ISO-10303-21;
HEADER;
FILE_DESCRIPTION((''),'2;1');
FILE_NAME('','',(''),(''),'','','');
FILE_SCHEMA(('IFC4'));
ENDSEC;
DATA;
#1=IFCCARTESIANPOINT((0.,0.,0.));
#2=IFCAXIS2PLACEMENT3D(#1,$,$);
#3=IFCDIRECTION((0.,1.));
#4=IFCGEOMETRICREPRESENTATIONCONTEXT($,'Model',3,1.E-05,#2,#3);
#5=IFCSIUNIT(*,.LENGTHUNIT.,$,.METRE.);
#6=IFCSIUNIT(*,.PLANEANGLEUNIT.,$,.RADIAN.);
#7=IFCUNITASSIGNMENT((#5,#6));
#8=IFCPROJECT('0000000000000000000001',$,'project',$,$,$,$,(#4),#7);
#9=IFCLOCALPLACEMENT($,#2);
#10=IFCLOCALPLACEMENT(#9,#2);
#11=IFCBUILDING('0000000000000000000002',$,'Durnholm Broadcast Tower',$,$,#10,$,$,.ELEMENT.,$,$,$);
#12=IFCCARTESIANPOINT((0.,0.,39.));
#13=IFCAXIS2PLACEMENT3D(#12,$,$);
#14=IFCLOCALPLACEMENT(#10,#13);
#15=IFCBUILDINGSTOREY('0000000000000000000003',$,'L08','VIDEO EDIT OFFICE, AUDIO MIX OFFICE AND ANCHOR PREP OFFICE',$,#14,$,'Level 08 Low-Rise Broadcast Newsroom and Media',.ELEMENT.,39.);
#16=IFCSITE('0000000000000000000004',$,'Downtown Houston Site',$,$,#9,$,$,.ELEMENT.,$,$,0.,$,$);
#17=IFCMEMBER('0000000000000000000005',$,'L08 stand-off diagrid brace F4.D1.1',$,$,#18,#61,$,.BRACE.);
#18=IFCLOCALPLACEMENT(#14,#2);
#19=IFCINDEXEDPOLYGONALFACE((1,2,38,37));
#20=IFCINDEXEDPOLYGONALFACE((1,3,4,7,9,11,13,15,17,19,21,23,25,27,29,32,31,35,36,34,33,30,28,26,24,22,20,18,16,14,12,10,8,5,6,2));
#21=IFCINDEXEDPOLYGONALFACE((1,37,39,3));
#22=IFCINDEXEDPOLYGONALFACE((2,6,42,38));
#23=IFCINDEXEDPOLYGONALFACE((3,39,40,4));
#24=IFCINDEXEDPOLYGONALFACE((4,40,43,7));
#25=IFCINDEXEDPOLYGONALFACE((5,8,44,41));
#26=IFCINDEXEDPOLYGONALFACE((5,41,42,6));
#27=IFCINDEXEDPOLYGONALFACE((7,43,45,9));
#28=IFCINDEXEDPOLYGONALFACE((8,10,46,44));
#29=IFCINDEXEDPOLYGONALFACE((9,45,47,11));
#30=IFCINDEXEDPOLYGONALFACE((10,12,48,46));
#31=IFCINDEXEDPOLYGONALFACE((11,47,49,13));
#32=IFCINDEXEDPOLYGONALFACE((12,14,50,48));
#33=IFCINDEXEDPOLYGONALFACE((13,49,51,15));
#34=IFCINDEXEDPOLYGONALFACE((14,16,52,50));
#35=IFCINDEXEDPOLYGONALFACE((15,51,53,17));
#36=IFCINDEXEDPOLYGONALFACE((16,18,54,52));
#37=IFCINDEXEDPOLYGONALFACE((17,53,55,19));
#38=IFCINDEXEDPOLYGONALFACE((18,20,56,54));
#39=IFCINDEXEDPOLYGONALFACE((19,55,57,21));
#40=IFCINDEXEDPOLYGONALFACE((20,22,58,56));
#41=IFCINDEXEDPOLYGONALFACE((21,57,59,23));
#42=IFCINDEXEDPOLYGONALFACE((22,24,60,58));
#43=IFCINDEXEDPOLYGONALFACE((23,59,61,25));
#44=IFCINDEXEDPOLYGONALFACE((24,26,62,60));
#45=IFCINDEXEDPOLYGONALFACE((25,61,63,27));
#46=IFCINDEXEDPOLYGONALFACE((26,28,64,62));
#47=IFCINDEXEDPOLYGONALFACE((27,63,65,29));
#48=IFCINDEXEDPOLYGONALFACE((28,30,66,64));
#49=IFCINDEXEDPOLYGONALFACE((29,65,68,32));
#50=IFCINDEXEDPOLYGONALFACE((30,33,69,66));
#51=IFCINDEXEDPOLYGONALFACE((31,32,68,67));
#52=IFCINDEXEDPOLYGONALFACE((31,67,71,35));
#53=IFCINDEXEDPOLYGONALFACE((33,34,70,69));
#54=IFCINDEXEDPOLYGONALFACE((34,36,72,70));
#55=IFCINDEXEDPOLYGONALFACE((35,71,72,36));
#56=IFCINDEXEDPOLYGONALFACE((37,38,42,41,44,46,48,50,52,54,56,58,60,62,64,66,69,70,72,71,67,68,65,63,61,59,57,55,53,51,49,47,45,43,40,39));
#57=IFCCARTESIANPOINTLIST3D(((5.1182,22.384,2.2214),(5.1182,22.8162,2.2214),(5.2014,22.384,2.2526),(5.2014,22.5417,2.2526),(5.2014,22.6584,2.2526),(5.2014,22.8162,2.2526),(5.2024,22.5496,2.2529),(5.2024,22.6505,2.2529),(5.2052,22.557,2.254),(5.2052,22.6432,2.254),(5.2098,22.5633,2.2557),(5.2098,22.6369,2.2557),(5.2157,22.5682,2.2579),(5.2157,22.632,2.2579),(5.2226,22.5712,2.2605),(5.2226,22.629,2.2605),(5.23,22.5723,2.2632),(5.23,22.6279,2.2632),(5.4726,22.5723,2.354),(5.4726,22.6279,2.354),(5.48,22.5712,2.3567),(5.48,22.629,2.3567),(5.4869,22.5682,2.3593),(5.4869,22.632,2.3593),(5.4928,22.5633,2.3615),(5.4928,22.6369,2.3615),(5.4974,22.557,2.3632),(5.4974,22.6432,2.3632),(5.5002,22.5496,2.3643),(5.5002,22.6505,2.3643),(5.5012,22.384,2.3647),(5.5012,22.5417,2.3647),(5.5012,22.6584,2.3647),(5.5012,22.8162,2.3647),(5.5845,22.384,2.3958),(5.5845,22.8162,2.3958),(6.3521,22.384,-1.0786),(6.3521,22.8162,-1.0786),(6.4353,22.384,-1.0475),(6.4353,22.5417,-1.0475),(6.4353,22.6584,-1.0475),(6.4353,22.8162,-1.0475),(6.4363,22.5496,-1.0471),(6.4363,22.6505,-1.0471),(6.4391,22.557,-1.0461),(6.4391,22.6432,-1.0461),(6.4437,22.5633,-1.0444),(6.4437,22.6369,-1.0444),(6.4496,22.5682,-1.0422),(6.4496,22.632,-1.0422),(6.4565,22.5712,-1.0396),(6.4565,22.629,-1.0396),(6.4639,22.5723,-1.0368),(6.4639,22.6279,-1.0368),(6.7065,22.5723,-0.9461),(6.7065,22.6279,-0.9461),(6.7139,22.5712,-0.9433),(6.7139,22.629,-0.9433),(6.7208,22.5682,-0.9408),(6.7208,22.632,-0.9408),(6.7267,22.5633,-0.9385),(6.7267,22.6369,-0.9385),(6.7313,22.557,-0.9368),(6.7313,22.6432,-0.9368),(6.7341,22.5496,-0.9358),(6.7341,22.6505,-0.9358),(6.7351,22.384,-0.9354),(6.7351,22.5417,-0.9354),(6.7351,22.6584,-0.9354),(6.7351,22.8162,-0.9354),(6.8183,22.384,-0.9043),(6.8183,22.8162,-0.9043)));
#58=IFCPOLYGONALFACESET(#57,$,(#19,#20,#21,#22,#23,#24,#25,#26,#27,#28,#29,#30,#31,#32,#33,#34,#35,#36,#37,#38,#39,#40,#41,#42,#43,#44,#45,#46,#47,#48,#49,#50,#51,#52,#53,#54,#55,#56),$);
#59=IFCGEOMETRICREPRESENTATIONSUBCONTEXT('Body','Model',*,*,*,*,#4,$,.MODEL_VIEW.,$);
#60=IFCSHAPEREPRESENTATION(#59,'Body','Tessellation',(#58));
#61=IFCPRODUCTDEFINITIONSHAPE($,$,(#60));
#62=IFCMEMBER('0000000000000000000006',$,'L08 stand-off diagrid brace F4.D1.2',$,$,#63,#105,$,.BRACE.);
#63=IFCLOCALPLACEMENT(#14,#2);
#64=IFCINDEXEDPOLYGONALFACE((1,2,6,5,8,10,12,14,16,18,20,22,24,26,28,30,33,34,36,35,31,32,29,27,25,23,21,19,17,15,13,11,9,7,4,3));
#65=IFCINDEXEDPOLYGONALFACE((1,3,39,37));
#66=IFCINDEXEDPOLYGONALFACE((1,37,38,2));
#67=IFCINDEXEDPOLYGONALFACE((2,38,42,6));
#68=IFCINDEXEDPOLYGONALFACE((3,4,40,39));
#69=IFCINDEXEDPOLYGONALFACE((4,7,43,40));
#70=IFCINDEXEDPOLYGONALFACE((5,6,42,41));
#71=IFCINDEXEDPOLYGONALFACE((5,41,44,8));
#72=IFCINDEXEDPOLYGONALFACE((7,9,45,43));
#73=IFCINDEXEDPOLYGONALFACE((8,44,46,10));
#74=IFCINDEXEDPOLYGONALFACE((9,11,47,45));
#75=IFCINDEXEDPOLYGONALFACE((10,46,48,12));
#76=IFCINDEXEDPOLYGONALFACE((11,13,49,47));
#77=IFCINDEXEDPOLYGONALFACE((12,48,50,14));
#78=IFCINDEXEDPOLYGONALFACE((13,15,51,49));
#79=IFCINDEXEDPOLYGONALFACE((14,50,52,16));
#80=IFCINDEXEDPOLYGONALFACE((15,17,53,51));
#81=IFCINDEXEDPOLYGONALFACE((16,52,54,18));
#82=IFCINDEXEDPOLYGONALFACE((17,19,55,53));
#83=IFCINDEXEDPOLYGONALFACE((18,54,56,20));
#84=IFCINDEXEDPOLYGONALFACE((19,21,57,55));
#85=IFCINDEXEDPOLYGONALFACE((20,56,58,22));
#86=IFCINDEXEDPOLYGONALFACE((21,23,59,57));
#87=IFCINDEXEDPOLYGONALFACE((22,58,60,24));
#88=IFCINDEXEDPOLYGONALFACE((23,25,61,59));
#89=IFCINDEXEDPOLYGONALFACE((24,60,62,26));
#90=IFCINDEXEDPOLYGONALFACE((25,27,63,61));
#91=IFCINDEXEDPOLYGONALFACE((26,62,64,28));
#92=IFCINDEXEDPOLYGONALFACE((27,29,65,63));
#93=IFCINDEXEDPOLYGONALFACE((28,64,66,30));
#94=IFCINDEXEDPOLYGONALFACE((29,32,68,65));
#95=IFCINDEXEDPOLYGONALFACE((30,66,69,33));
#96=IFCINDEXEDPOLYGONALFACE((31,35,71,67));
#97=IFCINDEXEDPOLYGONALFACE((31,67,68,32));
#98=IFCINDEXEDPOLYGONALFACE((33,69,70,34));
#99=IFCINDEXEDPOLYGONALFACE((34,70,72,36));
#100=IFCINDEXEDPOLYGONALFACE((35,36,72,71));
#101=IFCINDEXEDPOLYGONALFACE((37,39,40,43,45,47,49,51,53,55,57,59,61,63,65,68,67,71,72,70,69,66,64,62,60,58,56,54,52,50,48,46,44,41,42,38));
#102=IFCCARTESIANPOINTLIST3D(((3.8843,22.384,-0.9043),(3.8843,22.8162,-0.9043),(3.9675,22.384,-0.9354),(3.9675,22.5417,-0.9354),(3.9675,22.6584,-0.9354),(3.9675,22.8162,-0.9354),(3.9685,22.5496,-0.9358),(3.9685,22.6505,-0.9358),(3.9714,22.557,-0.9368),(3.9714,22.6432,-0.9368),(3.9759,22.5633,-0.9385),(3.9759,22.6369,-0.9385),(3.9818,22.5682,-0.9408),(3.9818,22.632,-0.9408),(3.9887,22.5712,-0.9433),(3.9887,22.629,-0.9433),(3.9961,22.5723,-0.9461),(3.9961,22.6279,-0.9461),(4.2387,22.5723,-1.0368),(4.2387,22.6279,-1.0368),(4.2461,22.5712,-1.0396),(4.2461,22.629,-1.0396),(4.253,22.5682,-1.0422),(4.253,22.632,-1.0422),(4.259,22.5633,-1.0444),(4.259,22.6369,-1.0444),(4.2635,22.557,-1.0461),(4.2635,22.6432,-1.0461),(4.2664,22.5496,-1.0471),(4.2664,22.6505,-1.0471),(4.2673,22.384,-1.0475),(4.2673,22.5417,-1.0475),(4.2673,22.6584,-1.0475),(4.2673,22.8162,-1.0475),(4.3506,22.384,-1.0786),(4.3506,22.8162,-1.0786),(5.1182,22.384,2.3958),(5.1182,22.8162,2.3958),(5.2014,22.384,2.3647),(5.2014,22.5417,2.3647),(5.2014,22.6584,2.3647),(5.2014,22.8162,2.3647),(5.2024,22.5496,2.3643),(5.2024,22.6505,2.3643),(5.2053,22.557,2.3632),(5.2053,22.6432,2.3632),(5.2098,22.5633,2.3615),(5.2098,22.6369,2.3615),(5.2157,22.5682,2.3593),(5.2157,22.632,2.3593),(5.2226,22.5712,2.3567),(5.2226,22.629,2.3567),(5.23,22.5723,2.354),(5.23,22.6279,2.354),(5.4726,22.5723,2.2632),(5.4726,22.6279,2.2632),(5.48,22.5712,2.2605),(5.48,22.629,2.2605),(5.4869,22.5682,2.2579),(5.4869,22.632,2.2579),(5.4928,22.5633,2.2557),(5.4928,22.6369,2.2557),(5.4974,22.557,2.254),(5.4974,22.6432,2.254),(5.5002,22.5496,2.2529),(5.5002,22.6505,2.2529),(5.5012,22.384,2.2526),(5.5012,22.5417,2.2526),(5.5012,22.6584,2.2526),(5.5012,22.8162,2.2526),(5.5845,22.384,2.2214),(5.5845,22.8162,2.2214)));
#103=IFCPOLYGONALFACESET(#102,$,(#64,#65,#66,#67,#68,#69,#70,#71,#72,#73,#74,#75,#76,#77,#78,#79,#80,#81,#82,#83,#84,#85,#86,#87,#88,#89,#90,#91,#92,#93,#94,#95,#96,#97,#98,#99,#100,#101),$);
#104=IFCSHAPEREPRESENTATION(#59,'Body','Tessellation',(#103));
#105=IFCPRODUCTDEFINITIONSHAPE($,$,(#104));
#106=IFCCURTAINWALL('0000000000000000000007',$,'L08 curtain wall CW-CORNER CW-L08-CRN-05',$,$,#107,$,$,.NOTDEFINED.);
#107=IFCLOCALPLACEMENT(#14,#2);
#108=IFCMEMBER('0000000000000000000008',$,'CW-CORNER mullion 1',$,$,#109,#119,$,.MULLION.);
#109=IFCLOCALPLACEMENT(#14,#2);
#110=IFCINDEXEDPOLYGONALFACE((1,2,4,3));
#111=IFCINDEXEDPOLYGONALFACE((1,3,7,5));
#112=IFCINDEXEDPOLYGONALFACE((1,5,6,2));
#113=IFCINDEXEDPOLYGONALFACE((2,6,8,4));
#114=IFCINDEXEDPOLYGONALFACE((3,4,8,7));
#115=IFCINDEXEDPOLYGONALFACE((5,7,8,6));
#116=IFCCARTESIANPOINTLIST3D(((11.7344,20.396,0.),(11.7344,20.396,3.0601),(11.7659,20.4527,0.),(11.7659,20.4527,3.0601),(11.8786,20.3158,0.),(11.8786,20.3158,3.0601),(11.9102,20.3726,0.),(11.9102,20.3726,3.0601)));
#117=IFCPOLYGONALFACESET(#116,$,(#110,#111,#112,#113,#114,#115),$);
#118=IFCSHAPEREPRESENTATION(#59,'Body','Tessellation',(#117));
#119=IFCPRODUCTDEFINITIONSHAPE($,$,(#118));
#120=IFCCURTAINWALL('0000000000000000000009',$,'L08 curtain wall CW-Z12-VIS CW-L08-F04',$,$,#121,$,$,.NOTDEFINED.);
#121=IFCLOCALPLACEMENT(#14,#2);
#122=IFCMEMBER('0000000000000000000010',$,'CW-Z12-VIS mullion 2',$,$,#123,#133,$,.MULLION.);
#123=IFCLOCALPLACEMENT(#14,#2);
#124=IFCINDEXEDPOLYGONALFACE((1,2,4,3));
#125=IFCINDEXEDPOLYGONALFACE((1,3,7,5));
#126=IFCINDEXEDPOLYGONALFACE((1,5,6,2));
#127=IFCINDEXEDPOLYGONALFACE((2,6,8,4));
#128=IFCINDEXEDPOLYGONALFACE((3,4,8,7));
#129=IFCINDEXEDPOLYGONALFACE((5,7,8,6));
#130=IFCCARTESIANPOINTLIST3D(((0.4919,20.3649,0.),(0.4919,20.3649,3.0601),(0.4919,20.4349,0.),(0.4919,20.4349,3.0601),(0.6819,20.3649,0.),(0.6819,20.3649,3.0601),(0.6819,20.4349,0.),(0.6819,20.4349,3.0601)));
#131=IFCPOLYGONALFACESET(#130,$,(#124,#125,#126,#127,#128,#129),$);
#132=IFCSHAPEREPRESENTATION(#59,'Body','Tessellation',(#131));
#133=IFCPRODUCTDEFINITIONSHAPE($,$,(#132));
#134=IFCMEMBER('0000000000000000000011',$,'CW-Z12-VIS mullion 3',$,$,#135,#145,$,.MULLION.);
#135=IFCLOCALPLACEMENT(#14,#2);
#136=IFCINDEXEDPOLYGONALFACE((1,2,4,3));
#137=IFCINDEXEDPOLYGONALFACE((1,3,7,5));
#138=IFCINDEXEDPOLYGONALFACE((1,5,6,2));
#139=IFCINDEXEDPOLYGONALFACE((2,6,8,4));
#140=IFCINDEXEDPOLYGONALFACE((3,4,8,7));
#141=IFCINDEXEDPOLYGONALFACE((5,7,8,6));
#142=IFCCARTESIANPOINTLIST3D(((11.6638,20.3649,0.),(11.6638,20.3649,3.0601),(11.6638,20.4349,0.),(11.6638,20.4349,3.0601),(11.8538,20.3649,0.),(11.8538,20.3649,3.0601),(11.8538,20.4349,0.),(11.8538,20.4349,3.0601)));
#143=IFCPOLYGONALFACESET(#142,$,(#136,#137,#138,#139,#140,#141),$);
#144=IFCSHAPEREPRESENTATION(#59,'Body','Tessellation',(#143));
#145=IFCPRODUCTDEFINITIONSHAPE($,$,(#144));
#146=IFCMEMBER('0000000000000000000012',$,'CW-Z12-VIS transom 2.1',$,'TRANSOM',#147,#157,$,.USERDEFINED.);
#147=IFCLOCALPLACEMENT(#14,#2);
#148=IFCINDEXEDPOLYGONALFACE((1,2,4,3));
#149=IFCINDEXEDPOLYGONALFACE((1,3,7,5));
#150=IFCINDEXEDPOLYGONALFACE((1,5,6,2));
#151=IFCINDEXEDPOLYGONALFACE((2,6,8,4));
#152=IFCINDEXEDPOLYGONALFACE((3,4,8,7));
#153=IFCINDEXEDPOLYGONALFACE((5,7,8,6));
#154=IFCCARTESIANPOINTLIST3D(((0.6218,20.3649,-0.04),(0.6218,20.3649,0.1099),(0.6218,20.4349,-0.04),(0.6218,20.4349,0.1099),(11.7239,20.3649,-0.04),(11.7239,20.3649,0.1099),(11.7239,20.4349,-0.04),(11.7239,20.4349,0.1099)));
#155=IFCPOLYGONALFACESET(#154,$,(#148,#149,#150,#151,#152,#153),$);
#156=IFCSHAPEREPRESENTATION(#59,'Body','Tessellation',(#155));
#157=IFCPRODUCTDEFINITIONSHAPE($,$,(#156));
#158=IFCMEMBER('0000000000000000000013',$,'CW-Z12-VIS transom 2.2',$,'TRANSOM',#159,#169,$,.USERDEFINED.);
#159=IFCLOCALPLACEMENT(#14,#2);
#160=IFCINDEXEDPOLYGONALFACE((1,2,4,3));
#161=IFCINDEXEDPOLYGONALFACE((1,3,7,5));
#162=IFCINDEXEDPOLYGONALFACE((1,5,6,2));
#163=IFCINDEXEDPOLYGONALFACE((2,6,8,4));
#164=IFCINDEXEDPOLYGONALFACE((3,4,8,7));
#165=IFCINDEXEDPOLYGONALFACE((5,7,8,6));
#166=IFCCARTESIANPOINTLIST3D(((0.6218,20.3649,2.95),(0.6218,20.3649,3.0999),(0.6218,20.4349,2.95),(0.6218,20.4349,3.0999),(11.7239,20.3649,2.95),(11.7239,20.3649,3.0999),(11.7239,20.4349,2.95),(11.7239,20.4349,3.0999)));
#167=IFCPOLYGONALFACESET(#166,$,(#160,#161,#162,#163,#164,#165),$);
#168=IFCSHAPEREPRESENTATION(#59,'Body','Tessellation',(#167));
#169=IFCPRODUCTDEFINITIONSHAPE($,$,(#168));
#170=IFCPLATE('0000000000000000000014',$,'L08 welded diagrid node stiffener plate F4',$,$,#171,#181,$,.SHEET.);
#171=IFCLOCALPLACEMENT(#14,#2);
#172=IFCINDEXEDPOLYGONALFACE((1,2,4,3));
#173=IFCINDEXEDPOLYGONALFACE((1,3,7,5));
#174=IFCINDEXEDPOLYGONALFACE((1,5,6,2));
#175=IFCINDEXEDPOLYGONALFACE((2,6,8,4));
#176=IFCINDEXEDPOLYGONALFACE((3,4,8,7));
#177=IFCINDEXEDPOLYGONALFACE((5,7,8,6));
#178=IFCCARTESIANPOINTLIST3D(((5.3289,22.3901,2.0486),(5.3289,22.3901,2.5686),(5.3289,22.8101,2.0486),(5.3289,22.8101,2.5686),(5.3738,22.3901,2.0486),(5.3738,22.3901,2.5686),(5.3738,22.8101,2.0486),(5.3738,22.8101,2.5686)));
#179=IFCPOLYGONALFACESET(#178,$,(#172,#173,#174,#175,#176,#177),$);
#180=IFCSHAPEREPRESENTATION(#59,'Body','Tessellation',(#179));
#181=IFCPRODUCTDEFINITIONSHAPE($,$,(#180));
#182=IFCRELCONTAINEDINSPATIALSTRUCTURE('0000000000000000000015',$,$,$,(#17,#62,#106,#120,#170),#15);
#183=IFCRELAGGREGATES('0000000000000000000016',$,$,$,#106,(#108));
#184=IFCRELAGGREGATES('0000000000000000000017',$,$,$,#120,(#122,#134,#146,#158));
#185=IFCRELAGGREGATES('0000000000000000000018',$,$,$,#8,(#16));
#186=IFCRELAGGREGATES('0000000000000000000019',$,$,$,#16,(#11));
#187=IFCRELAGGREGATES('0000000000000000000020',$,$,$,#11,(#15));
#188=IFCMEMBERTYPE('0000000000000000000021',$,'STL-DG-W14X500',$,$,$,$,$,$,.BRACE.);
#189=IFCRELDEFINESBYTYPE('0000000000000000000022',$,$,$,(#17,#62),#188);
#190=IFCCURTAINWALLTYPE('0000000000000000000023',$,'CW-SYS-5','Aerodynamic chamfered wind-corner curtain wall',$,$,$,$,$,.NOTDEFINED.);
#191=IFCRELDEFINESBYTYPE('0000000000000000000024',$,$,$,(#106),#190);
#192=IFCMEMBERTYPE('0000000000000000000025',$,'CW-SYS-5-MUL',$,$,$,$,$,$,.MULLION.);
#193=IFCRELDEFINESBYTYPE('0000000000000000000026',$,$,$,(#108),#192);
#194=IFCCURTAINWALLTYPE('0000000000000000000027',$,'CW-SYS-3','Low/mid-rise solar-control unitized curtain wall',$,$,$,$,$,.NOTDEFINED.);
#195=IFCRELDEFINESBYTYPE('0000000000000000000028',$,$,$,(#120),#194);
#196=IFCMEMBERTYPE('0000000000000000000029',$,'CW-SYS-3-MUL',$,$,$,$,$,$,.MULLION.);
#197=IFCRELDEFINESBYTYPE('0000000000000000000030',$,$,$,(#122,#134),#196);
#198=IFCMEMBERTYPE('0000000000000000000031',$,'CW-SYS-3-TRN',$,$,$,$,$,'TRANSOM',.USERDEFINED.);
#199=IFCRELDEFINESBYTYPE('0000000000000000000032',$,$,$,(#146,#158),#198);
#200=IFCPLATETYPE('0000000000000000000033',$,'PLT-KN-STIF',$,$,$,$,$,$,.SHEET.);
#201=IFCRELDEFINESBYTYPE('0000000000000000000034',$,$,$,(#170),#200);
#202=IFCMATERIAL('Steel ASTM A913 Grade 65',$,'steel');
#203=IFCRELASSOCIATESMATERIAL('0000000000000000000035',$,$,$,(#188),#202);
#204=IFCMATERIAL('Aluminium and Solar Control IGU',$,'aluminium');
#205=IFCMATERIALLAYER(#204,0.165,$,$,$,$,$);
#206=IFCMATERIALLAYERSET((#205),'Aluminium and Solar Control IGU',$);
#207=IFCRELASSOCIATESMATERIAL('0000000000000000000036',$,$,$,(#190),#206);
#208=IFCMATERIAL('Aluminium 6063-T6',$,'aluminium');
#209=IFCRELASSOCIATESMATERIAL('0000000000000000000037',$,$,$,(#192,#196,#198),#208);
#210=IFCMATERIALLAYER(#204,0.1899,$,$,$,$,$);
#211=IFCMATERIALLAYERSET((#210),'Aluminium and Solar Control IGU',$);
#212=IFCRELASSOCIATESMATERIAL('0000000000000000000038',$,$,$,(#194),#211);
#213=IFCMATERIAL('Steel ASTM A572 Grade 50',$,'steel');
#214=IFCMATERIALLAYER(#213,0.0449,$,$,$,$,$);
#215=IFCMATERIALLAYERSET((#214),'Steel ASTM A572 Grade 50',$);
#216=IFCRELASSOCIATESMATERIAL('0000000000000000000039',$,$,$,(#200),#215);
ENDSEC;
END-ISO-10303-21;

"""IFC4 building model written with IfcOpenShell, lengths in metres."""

from ifc_helpers import new_model, si_unit, direction, frame, origin, origin_2d, place, context, subcontext, project, spatial, rectangle, i_section, extrude, source, transform, mapped, material, layer, layer_set, material_profile, profile_set, type_object, type_shapes, element, aggregate, save


model = new_model("IFC4")

# Units and contexts
model_context = context("Model", 3, precision=1e-05, world=origin(), true_north=direction((0.0, 1.0)))
body_context = subcontext(model_context, "Body", "Model", "MODEL_VIEW")
ifc_project = project(units=[si_unit("LENGTHUNIT", "METRE"), si_unit("PLANEANGLEUNIT", "RADIAN")], contexts=[model_context])

# Site, building, storey
site_placement = place(None, origin())
site = spatial("IfcSite", under=ifc_project, at=site_placement, Name="Downtown Houston Site", CompositionType="ELEMENT", RefElevation=0.0)
building_placement = place(site_placement, origin())
building = spatial("IfcBuilding", under=site, at=building_placement, Name="Durnholm Broadcast Tower", CompositionType="ELEMENT")
storey_placement = place(building_placement, frame((0.0, 0.0, 39.0)))
storey = spatial("IfcBuildingStorey", under=building, at=storey_placement, Name="L08", Description="VIDEO EDIT OFFICE, AUDIO MIX OFFICE AND ANCHOR PREP OFFICE", LongName="Level 08 Low-Rise Broadcast Newsroom and Media", CompositionType="ELEMENT", Elevation=39.0)

# Members
ifc_material_1 = material(Name="Steel ASTM A913 Grade 65", Category="steel")
ifc_material_profile_1 = material_profile(ifc_material_1, i_section(OverallWidth=0.4321, OverallDepth=0.4978, WebThickness=0.0557, FlangeThickness=0.0889, FilletRadius=0.0305, at=origin_2d()), Name="W14X500")
ifc_profile_set_1 = profile_set([ifc_material_profile_1], Name="Steel ASTM A913 Grade 65")
member_type_1 = type_object("IfcMemberType", Name="STL-DG-W14X500", PredefinedType="BRACE", material=ifc_profile_set_1)
shared_shape_1 = source(origin(), body_context, "Body", "SweptSolid", [
    extrude(i_section(OverallWidth=0.4321, OverallDepth=0.4978, WebThickness=0.0557, FlangeThickness=0.0889, FilletRadius=0.0305, at=origin_2d()), origin(), (0.0, 0.0, 1.0), 3.5232),
])
type_shapes(member_type_1, [shared_shape_1])
for number, where, z_axis, x_axis, name in (
    (1, (6.5852, 22.6001, -0.9915), (-0.35022, 0.0, 0.936668), (0.0, -1.0, 0.0), "L08 stand-off diagrid brace F4.D1.1"),
    (2, (4.1174, 22.6001, -0.9915), (0.35022, 0.0, 0.936668), (0.0, 1.0, 0.0), "L08 stand-off diagrid brace F4.D1.2"),
):
    element("IfcMember", number, at=place(storey_placement, frame(where, z_axis=z_axis, x_axis=x_axis)), inside=storey, type_object=member_type_1, Name=name, PredefinedType="BRACE", context=body_context, shape_type="MappedRepresentation", body=[
        mapped(shared_shape_1, transform((0.0, 0.0, 0.0), x_axis=(1.0, 0.0, 0.0), y_axis=(0.0, 1.0, 0.0), z_axis=(0.0, 0.0, 1.0), scale=1.0)),
    ])

# Curtain wall, member
ifc_material_2 = material(Name="Aluminium and Solar Control IGU", Category="aluminium")
ifc_layer_1 = layer(ifc_material_2, 0.165)
ifc_layer_set_1 = layer_set([ifc_layer_1], Name="Aluminium and Solar Control IGU")
curtain_wall_type_1 = type_object("IfcCurtainWallType", Name="CW-SYS-5", Description="Aerodynamic chamfered wind-corner curtain wall", PredefinedType="NOTDEFINED", material=ifc_layer_set_1)
curtain_wall_1_placement = place(storey_placement, origin())
curtain_wall_1 = element("IfcCurtainWall", 3, at=curtain_wall_1_placement, inside=storey, type_object=curtain_wall_type_1, Name="L08 curtain wall CW-CORNER CW-L08-CRN-05", PredefinedType="NOTDEFINED")
ifc_material_3 = material(Name="Aluminium 6063-T6", Category="aluminium")
ifc_material_profile_2 = material_profile(ifc_material_3, rectangle(XDim=0.0649, YDim=0.165, at=origin_2d()), Name="CWM65X165")
ifc_profile_set_2 = profile_set([ifc_material_profile_2], Name="Aluminium 6063-T6")
member_type_2 = type_object("IfcMemberType", Name="CW-SYS-5-MUL", PredefinedType="MULLION", material=ifc_profile_set_2)
shared_shape_2 = source(origin(), body_context, "Body", "SweptSolid", [
    extrude(rectangle(XDim=0.0649, YDim=0.165, at=origin_2d()), origin(), (0.0, 0.0, 1.0), 3.0601),
])
type_shapes(member_type_2, [shared_shape_2])
member_1_placement = place(storey_placement, frame((11.8223, 20.3843, 0.0), z_axis=(0.0, 0.0, 1.0), x_axis=(0.485483, 0.874246, 0.0)))
member_1 = element("IfcMember", 4, at=member_1_placement, type_object=member_type_2, Name="CW-CORNER mullion 1", PredefinedType="MULLION", context=body_context, shape_type="MappedRepresentation", body=[
    mapped(shared_shape_2, transform((0.0, 0.0, 0.0), x_axis=(1.0, 0.0, 0.0), y_axis=(0.0, 1.0, 0.0), z_axis=(0.0, 0.0, 1.0), scale=1.0)),
])
aggregate(curtain_wall_1, [member_1])

# Curtain wall, members
ifc_layer_2 = layer(ifc_material_2, 0.1899)
ifc_layer_set_2 = layer_set([ifc_layer_2], Name="Aluminium and Solar Control IGU")
curtain_wall_type_2 = type_object("IfcCurtainWallType", Name="CW-SYS-3", Description="Low/mid-rise solar-control unitized curtain wall", PredefinedType="NOTDEFINED", material=ifc_layer_set_2)
curtain_wall_2_placement = place(storey_placement, origin())
curtain_wall_2 = element("IfcCurtainWall", 5, at=curtain_wall_2_placement, inside=storey, type_object=curtain_wall_type_2, Name="L08 curtain wall CW-Z12-VIS CW-L08-F04", PredefinedType="NOTDEFINED")
ifc_material_profile_3 = material_profile(ifc_material_3, rectangle(XDim=0.0701, YDim=0.1899, at=origin_2d()), Name="CWM70X190")
ifc_profile_set_3 = profile_set([ifc_material_profile_3], Name="Aluminium 6063-T6")
member_type_3 = type_object("IfcMemberType", Name="CW-SYS-3-MUL", PredefinedType="MULLION", material=ifc_profile_set_3)
shared_shape_3 = source(origin(), body_context, "Body", "SweptSolid", [
    extrude(rectangle(XDim=0.0701, YDim=0.1899, at=origin_2d()), origin(), (0.0, 0.0, 1.0), 3.0601),
])
type_shapes(member_type_3, [shared_shape_3])
member_2_placement = place(storey_placement, frame((0.5869, 20.3999, 0.0), z_axis=(0.0, 0.0, 1.0), x_axis=(0.0, 1.0, 0.0)))
member_2 = element("IfcMember", 6, at=member_2_placement, type_object=member_type_3, Name="CW-Z12-VIS mullion 2", PredefinedType="MULLION", context=body_context, shape_type="MappedRepresentation", body=[
    mapped(shared_shape_3, transform((0.0, 0.0, 0.0), x_axis=(1.0, 0.0, 0.0), y_axis=(0.0, 1.0, 0.0), z_axis=(0.0, 0.0, 1.0), scale=1.0)),
])
member_3_placement = place(storey_placement, frame((11.7588, 20.3999, 0.0), z_axis=(0.0, 0.0, 1.0), x_axis=(0.0, 1.0, 0.0)))
member_3 = element("IfcMember", 7, at=member_3_placement, type_object=member_type_3, Name="CW-Z12-VIS mullion 3", PredefinedType="MULLION", context=body_context, shape_type="MappedRepresentation", body=[
    mapped(shared_shape_3, transform((0.0, 0.0, 0.0), x_axis=(1.0, 0.0, 0.0), y_axis=(0.0, 1.0, 0.0), z_axis=(0.0, 0.0, 1.0), scale=1.0)),
])
ifc_material_profile_4 = material_profile(ifc_material_3, rectangle(XDim=0.0701, YDim=0.1499, at=origin_2d()), Name="CWT70X150")
ifc_profile_set_4 = profile_set([ifc_material_profile_4], Name="Aluminium 6063-T6")
member_type_4 = type_object("IfcMemberType", Name="CW-SYS-3-TRN", ElementType="TRANSOM", PredefinedType="USERDEFINED", material=ifc_profile_set_4)
shared_shape_4 = source(origin(), body_context, "Body", "SweptSolid", [
    extrude(rectangle(XDim=0.0701, YDim=0.1499, at=origin_2d()), origin(), (0.0, 0.0, 1.0), 11.1021),
])
type_shapes(member_type_4, [shared_shape_4])
member_4_placement = place(storey_placement, frame((0.6218, 20.3999, 0.0349), z_axis=(1.0, 0.0, 0.0), x_axis=(0.0, 1.0, 0.0)))
member_4 = element("IfcMember", 8, at=member_4_placement, type_object=member_type_4, Name="CW-Z12-VIS transom 2.1", ObjectType="TRANSOM", PredefinedType="USERDEFINED", context=body_context, shape_type="MappedRepresentation", body=[
    mapped(shared_shape_4, transform((0.0, 0.0, 0.0), x_axis=(1.0, 0.0, 0.0), y_axis=(0.0, 1.0, 0.0), z_axis=(0.0, 0.0, 1.0), scale=1.0)),
])
member_5_placement = place(storey_placement, frame((0.6218, 20.3999, 3.0249), z_axis=(1.0, 0.0, 0.0), x_axis=(0.0, 1.0, 0.0)))
member_5 = element("IfcMember", 9, at=member_5_placement, type_object=member_type_4, Name="CW-Z12-VIS transom 2.2", ObjectType="TRANSOM", PredefinedType="USERDEFINED", context=body_context, shape_type="MappedRepresentation", body=[
    mapped(shared_shape_4, transform((0.0, 0.0, 0.0), x_axis=(1.0, 0.0, 0.0), y_axis=(0.0, 1.0, 0.0), z_axis=(0.0, 0.0, 1.0), scale=1.0)),
])

# Plate
ifc_material_4 = material(Name="Steel ASTM A572 Grade 50", Category="steel")
ifc_layer_3 = layer(ifc_material_4, 0.0449)
ifc_layer_set_3 = layer_set([ifc_layer_3], Name="Steel ASTM A572 Grade 50")
plate_type_1 = type_object("IfcPlateType", Name="PLT-KN-STIF", PredefinedType="SHEET", material=ifc_layer_set_3)
shared_shape_5 = source(origin(), body_context, "Body", "SweptSolid", [
    extrude(rectangle(XDim=0.0449, YDim=0.4199, at=origin_2d()), origin(), (0.0, 0.0, 1.0), 0.52),
])
type_shapes(plate_type_1, [shared_shape_5])
plate_1_placement = place(storey_placement, frame((5.3513, 22.6001, 2.0486), z_axis=(0.0, 0.0, 1.0), x_axis=(-1.0, 0.0, 0.0)))
element("IfcPlate", 10, at=plate_1_placement, inside=storey, type_object=plate_type_1, Name="L08 welded diagrid node stiffener plate F4", PredefinedType="SHEET", context=body_context, shape_type="MappedRepresentation", body=[
    mapped(shared_shape_5, transform((0.0, 0.0, 0.0), x_axis=(1.0, 0.0, 0.0), y_axis=(0.0, 1.0, 0.0), z_axis=(0.0, 0.0, 1.0), scale=1.0)),
])

aggregate(curtain_wall_2, [member_2, member_3, member_4, member_5])

save(model, "model.ifc")
